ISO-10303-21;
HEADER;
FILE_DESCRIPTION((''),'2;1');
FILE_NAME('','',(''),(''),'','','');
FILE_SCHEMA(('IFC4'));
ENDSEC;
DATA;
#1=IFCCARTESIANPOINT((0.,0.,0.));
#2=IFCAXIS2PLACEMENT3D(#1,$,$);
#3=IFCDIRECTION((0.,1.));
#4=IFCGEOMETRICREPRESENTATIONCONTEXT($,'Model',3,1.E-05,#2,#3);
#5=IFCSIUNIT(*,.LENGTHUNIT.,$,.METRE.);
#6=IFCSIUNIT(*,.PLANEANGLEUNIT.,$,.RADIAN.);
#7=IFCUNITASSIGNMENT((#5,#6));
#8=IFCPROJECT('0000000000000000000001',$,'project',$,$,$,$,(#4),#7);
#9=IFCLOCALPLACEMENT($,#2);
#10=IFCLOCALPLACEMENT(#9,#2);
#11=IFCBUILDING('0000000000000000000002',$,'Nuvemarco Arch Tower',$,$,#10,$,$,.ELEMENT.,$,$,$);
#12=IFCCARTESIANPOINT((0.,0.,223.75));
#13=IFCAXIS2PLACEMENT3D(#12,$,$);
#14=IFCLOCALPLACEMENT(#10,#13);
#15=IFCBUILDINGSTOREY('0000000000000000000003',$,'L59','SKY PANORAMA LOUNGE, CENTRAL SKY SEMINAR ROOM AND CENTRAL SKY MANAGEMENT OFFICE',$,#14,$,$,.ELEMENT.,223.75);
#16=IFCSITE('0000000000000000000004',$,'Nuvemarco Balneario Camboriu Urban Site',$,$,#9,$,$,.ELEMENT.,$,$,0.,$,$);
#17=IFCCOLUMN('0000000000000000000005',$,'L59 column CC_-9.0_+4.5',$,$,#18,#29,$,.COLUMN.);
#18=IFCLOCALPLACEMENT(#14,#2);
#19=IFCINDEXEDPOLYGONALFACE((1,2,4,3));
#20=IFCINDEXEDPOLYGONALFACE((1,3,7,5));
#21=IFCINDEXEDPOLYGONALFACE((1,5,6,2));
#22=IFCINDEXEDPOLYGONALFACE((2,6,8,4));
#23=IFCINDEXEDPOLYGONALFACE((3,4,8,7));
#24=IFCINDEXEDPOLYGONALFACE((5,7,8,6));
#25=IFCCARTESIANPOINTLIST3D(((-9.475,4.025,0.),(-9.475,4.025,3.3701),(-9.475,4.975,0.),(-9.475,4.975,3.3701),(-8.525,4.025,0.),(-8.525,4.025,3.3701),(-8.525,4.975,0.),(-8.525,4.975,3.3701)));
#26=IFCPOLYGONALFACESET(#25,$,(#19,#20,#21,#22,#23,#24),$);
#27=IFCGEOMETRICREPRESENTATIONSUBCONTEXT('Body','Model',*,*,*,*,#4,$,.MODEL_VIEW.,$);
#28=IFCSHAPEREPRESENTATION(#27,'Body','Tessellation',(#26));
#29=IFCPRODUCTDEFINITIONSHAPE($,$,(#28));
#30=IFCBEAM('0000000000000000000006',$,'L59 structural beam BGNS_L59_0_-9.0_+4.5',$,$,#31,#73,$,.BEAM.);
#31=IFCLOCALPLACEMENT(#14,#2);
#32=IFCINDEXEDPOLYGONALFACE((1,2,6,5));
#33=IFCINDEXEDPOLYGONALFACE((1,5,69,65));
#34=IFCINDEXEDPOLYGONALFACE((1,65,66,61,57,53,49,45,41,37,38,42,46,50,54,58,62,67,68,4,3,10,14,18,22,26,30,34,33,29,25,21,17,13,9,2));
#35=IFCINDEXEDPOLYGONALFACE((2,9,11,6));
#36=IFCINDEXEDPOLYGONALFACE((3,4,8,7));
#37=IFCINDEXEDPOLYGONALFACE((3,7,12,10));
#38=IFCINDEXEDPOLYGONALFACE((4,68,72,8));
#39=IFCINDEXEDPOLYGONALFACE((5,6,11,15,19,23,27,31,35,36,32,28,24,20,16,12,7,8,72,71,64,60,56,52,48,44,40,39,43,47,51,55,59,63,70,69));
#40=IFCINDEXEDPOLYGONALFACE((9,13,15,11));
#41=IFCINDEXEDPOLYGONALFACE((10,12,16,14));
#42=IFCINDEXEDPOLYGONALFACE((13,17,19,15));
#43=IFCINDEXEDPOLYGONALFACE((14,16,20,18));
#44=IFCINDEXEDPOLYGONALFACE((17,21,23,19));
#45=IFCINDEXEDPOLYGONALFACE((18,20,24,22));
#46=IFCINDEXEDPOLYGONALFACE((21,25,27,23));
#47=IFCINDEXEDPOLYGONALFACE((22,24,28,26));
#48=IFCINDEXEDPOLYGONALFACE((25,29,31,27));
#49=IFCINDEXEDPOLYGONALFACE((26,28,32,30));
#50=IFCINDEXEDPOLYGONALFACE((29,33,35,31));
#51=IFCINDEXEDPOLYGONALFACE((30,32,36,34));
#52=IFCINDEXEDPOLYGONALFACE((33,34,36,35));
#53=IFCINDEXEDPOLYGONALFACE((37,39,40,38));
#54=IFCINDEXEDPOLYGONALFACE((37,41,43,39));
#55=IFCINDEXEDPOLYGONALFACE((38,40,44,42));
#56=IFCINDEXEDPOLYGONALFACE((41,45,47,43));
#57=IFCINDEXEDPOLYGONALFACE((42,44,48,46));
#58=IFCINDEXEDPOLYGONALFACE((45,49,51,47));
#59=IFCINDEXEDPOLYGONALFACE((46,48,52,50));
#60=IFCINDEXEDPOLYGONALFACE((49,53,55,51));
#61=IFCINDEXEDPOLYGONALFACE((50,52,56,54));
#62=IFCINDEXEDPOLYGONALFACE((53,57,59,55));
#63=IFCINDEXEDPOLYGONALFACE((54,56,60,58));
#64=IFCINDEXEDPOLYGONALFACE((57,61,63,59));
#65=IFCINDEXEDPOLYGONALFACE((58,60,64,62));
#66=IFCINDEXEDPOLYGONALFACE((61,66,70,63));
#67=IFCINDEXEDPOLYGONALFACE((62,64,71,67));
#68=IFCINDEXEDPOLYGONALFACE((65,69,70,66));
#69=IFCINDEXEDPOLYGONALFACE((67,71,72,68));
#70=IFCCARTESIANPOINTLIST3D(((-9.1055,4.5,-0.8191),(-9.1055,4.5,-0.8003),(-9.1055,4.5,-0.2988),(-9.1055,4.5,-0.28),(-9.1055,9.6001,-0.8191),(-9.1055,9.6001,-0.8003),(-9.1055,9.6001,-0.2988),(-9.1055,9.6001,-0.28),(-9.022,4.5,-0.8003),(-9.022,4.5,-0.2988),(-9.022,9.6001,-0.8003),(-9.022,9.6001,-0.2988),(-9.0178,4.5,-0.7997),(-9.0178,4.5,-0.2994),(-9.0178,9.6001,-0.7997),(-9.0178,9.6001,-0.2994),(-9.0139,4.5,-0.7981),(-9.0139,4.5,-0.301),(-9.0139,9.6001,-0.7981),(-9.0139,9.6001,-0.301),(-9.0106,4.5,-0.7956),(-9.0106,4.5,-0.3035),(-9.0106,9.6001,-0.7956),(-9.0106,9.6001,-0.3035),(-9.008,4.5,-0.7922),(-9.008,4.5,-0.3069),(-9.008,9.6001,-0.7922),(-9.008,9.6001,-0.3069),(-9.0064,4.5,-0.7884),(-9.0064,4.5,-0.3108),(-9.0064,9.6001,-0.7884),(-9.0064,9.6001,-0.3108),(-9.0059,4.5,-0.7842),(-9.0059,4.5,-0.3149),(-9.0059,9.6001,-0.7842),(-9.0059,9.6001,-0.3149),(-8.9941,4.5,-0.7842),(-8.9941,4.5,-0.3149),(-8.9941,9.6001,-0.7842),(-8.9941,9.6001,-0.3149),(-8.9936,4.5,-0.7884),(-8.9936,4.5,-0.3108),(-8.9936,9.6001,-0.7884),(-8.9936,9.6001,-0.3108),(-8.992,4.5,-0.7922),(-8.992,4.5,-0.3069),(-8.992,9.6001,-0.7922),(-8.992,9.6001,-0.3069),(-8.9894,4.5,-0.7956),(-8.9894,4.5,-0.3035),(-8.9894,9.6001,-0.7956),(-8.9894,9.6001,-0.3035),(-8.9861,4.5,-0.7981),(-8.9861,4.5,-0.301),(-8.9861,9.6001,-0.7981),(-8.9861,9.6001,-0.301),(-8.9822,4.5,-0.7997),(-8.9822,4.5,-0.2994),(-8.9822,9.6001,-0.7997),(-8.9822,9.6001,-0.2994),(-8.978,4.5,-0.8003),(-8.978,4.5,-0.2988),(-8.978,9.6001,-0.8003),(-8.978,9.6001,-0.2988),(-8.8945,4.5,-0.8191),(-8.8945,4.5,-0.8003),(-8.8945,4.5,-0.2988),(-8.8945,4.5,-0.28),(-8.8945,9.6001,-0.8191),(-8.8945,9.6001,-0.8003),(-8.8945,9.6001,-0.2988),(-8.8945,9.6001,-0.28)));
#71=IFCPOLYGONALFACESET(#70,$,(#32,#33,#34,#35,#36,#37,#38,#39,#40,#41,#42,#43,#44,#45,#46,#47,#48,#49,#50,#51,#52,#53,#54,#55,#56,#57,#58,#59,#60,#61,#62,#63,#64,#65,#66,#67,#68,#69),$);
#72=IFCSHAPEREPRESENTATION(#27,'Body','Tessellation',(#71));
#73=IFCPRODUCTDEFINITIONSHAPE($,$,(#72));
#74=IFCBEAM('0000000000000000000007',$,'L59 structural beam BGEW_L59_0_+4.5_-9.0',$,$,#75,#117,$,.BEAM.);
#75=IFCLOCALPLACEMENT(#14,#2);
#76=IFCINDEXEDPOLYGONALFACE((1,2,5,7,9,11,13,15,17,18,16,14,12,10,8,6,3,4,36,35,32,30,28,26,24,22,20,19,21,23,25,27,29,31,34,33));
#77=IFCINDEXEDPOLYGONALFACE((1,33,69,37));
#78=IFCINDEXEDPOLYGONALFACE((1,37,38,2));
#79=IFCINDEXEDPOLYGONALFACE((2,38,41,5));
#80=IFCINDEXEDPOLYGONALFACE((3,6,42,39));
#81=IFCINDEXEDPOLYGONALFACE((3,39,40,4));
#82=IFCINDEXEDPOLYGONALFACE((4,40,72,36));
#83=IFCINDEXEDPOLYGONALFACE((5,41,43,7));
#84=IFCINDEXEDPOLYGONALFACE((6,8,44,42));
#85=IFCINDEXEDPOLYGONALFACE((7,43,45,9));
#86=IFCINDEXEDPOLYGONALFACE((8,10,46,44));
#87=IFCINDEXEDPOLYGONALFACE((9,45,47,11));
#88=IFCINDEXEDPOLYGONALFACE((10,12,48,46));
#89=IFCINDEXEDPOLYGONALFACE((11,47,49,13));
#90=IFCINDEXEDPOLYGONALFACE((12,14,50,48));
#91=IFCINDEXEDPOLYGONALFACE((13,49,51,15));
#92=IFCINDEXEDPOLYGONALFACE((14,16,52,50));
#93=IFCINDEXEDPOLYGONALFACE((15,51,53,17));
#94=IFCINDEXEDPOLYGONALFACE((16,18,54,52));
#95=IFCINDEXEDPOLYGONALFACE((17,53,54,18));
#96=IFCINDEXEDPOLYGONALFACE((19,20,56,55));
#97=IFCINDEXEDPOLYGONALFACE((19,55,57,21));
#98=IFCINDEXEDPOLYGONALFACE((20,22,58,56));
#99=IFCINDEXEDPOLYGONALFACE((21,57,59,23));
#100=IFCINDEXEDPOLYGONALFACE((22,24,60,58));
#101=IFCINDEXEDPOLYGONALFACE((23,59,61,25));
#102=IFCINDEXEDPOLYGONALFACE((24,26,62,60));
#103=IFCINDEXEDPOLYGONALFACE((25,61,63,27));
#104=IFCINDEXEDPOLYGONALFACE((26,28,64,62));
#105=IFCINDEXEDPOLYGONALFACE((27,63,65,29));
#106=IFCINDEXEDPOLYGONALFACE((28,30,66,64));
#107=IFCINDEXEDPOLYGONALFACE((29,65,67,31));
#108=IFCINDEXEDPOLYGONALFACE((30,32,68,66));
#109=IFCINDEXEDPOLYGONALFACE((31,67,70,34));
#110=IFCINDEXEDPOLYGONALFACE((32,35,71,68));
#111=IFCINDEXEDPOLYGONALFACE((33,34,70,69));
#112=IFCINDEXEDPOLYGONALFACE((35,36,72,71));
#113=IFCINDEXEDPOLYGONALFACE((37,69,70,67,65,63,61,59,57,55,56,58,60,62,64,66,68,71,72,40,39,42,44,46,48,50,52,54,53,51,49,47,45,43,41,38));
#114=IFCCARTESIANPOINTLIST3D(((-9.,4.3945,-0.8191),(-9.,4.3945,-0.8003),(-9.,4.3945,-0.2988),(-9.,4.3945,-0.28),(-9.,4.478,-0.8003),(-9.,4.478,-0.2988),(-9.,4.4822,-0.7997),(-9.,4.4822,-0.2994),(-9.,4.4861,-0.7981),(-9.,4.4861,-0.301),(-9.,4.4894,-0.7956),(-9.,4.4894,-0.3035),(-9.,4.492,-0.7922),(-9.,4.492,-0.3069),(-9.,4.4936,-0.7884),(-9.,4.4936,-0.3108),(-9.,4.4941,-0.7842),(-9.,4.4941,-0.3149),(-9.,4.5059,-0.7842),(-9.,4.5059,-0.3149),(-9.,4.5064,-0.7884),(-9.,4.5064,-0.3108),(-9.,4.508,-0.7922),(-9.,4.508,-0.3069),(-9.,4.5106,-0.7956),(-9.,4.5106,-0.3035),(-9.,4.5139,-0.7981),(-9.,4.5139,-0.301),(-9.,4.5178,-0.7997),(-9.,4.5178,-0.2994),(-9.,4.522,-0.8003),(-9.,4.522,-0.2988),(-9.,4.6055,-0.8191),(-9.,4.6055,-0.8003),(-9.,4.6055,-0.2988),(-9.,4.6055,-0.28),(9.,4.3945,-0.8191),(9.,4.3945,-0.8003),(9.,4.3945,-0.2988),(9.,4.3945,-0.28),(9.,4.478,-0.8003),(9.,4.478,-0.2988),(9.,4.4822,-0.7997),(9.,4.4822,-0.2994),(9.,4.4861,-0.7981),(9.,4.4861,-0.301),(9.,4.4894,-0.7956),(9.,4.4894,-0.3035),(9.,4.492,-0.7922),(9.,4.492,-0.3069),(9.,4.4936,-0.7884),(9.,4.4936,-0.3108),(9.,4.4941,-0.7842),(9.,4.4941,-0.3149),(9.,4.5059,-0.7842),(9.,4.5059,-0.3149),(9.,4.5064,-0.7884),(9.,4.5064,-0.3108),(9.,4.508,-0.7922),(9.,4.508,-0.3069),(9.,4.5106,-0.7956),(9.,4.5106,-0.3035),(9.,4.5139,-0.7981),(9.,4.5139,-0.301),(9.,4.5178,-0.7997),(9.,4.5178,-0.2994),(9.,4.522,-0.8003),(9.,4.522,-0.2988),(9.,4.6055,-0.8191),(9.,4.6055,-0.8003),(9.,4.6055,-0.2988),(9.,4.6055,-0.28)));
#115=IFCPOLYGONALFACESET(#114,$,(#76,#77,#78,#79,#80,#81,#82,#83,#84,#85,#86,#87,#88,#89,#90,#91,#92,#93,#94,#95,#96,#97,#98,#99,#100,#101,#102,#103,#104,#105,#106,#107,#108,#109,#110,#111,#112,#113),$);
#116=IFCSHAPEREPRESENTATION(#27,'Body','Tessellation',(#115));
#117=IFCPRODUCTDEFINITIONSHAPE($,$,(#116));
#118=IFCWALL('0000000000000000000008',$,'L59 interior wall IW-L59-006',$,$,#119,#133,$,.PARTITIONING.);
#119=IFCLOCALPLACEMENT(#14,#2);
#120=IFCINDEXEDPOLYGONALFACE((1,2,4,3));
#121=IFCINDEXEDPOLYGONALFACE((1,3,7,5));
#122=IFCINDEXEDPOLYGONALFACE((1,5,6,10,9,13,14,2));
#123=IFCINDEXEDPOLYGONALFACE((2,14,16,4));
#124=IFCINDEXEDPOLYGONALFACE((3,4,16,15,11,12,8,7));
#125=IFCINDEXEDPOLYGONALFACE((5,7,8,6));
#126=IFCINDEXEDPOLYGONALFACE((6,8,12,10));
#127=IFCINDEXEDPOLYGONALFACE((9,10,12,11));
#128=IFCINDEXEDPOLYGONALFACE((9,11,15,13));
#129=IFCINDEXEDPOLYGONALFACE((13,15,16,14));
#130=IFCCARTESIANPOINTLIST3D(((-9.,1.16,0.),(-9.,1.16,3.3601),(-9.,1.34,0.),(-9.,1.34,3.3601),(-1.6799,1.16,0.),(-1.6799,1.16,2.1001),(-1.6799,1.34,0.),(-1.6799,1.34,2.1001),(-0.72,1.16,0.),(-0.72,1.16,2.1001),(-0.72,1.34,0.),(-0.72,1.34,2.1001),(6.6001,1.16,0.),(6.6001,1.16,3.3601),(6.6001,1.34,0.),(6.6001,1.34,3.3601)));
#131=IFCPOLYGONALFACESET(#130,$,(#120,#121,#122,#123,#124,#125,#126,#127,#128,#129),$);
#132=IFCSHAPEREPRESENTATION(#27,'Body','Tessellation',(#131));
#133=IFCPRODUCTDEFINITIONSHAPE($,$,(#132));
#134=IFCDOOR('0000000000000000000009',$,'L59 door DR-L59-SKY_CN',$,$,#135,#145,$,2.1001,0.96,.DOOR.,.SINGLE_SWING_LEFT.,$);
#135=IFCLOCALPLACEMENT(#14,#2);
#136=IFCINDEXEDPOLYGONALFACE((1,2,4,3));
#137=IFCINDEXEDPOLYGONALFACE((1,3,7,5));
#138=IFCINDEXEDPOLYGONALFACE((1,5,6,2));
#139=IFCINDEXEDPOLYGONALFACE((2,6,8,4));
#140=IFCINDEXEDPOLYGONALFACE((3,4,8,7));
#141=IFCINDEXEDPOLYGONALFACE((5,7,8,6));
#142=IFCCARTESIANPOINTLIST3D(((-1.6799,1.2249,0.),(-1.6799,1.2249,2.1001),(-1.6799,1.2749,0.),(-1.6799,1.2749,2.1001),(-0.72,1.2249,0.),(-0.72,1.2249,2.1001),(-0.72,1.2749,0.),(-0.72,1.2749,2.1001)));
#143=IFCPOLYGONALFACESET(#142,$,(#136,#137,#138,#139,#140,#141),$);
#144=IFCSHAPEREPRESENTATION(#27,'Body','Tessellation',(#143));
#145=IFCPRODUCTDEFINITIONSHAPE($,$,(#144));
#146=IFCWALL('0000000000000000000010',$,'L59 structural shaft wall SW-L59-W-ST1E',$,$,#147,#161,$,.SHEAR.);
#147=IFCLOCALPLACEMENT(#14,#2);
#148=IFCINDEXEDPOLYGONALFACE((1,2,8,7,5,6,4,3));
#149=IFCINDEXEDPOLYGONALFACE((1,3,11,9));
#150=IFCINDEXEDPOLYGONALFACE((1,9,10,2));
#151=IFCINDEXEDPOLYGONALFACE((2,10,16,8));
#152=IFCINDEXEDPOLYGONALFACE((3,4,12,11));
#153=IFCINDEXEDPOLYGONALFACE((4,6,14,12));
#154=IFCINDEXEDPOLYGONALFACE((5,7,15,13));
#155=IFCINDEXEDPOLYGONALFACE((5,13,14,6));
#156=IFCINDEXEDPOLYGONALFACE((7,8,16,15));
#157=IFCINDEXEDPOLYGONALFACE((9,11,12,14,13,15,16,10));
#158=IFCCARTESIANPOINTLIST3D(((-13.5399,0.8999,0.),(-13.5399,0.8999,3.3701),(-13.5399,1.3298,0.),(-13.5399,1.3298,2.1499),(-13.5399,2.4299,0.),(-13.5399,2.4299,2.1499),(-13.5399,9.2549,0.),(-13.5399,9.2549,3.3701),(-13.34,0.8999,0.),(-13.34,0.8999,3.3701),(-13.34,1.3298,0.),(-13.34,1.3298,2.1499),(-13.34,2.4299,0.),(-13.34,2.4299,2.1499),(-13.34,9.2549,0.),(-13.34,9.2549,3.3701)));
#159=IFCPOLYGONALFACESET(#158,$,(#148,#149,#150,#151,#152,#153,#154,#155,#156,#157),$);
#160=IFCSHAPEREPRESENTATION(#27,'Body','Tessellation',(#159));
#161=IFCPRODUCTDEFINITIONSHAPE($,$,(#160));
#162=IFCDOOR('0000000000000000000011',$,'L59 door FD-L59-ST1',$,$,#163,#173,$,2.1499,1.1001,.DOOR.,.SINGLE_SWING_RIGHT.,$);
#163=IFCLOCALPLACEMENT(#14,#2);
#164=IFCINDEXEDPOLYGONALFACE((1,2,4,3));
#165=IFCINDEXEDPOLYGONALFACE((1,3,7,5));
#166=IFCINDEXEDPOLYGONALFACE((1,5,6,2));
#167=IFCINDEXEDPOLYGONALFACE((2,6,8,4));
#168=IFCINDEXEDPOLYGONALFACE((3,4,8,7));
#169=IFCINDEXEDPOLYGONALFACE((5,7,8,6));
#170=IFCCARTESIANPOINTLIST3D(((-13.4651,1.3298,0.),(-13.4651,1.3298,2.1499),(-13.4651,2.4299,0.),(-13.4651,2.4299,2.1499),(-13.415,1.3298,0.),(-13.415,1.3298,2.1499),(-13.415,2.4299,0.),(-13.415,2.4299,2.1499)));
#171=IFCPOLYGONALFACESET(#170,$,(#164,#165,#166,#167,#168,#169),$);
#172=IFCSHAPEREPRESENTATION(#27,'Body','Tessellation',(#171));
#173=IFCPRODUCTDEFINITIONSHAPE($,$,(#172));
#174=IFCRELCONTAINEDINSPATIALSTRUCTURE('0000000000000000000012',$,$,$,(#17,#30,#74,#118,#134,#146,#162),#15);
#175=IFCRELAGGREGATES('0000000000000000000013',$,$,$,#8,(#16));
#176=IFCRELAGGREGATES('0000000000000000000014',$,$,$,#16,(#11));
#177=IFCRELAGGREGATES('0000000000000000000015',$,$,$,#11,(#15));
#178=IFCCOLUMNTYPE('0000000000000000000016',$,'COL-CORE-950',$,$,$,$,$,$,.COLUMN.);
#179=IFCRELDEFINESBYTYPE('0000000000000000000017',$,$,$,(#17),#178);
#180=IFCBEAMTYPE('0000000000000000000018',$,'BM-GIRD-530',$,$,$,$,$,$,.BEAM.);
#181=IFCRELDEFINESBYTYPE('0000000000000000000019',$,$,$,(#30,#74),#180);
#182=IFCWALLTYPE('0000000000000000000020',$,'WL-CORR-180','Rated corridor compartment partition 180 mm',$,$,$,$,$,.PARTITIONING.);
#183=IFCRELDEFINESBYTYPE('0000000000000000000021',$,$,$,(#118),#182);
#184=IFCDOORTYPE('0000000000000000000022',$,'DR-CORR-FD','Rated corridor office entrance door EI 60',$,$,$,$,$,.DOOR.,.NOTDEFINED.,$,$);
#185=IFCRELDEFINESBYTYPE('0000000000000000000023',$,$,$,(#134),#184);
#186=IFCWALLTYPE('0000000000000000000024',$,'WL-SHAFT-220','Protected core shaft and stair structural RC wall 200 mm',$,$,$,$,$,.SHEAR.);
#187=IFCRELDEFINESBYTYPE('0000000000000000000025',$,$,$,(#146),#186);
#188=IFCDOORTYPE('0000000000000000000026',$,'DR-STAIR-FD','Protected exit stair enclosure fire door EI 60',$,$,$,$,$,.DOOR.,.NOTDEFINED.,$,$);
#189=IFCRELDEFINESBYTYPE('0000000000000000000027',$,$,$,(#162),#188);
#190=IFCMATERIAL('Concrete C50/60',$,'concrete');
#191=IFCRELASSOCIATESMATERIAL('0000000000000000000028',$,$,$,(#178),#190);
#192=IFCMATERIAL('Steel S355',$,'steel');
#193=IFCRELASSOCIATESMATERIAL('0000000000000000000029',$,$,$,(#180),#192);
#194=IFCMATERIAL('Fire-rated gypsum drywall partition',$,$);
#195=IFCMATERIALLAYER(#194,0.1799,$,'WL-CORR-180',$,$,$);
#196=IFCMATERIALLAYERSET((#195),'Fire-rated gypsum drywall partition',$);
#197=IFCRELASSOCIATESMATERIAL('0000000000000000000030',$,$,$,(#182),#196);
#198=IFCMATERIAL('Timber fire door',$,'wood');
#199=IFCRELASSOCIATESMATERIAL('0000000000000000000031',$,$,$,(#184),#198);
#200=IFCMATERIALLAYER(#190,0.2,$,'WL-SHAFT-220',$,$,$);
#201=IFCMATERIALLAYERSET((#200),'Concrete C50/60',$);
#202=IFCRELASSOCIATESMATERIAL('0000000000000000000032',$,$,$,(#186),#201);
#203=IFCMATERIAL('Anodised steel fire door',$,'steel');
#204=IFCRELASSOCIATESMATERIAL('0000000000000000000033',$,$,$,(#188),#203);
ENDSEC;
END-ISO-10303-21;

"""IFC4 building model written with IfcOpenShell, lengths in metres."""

from ifc_helpers import new_model, si_unit, direction, frame, frame_2d, origin, origin_2d, place, context, subcontext, project, spatial, rectangle, i_section, extrude, source, transform, mapped, material, layer, layer_set, material_profile, profile_set, type_object, type_shapes, element, fill, save


model = new_model("IFC4")

# Units and contexts
model_context = context("Model", 3, precision=1e-05, world=origin(), true_north=direction((0.0, 1.0)))
body_context = subcontext(model_context, "Body", "Model", "MODEL_VIEW")
ifc_project = project(units=[si_unit("LENGTHUNIT", "METRE"), si_unit("PLANEANGLEUNIT", "RADIAN")], contexts=[model_context])

# Site, building, storey
site_placement = place(None, origin())
site = spatial("IfcSite", under=ifc_project, at=site_placement, Name="Nuvemarco Balneario Camboriu Urban Site", CompositionType="ELEMENT", RefElevation=0.0)
building_placement = place(site_placement, origin())
building = spatial("IfcBuilding", under=site, at=building_placement, Name="Nuvemarco Arch Tower", CompositionType="ELEMENT")
storey_placement = place(building_placement, frame((0.0, 0.0, 223.75)))
storey = spatial("IfcBuildingStorey", under=building, at=storey_placement, Name="L59", Description="SKY PANORAMA LOUNGE, CENTRAL SKY SEMINAR ROOM AND CENTRAL SKY MANAGEMENT OFFICE", CompositionType="ELEMENT", Elevation=223.75)

# Column
ifc_material_1 = material(Name="Concrete C50/60", Category="concrete")
ifc_material_profile_1 = material_profile(ifc_material_1, rectangle(XDim=0.95, YDim=0.95, at=origin_2d()), Name="RC-COL-950x950")
ifc_profile_set_1 = profile_set([ifc_material_profile_1], Name="Concrete C50/60")
column_type = type_object("IfcColumnType", Name="COL-CORE-950", PredefinedType="COLUMN", material=ifc_profile_set_1)
column_placement = place(storey_placement, frame((-9.0, 4.5, 0.0), z_axis=(0.0, 0.0, 1.0), x_axis=(1.0, 0.0, 0.0)))
element("IfcColumn", 1, at=column_placement, inside=storey, type_object=column_type, Name="L59 column CC_-9.0_+4.5", PredefinedType="COLUMN", context=body_context, shape_type="SweptSolid", body=[
    extrude(rectangle(XDim=0.95, YDim=0.95, at=origin_2d()), origin(), (0.0, 0.0, 1.0), 3.3701),
])

# Beams
ifc_material_2 = material(Name="Steel S355", Category="steel")
ifc_material_profile_2 = material_profile(ifc_material_2, i_section(OverallWidth=0.2109, OverallDepth=0.5391, WebThickness=0.0117, FlangeThickness=0.0188, FilletRadius=0.0161, at=origin_2d()), Name="W530x109")
ifc_profile_set_2 = profile_set([ifc_material_profile_2], Name="Steel S355")
beam_type = type_object("IfcBeamType", Name="BM-GIRD-530", PredefinedType="BEAM", material=ifc_profile_set_2)
beam_1_placement = place(storey_placement, frame((-9.0, 4.5, -0.5496), z_axis=(0.0, 1.0, 0.0), x_axis=(-1.0, 0.0, 0.0)))
element("IfcBeam", 2, at=beam_1_placement, inside=storey, type_object=beam_type, Name="L59 structural beam BGNS_L59_0_-9.0_+4.5", PredefinedType="BEAM", context=body_context, shape_type="SweptSolid", body=[
    extrude(i_section(OverallWidth=0.2109, OverallDepth=0.5391, WebThickness=0.0117, FlangeThickness=0.0188, FilletRadius=0.0161, at=origin_2d()), origin(), (0.0, 0.0, 1.0), 5.1001),
])
beam_2_placement = place(storey_placement, frame((-9.0, 4.5, -0.5496), z_axis=(1.0, 0.0, 0.0), x_axis=(0.0, 1.0, 0.0)))
element("IfcBeam", 3, at=beam_2_placement, inside=storey, type_object=beam_type, Name="L59 structural beam BGEW_L59_0_+4.5_-9.0", PredefinedType="BEAM", context=body_context, shape_type="SweptSolid", body=[
    extrude(i_section(OverallWidth=0.2109, OverallDepth=0.5391, WebThickness=0.0117, FlangeThickness=0.0188, FilletRadius=0.0161, at=origin_2d()), origin(), (0.0, 0.0, 1.0), 18.0),
])

# Walls, openings, doors
ifc_material_3 = material(Name="Fire-rated gypsum drywall partition")
ifc_layer_1 = layer(ifc_material_3, 0.1799, Name="WL-CORR-180")
ifc_layer_set_1 = layer_set([ifc_layer_1], Name="Fire-rated gypsum drywall partition")
wall_type_1 = type_object("IfcWallType", Name="WL-CORR-180", Description="Rated corridor compartment partition 180 mm", PredefinedType="PARTITIONING", material=ifc_layer_set_1)
wall_1_placement = place(storey_placement, frame((-9.0, 1.25, 0.0), z_axis=(0.0, 0.0, 1.0), x_axis=(1.0, 0.0, 0.0)))
wall_1 = element("IfcWall", 4, at=wall_1_placement, inside=storey, type_object=wall_type_1, Name="L59 interior wall IW-L59-006", PredefinedType="PARTITIONING", context=body_context, shape_type="SweptSolid", body=[
    extrude(rectangle(XDim=15.6001, YDim=0.1799, at=frame_2d((7.8, 0.0))), origin(), (0.0, 0.0, 1.0), 3.3601),
])
opening_1_placement = place(wall_1_placement, frame((7.3201, 0.0, 0.0)))
opening_1 = element("IfcOpeningElement", 5, at=opening_1_placement, cuts=wall_1, PredefinedType="OPENING", context=body_context, shape_type="SweptSolid", body=[
    extrude(rectangle(XDim=0.96, YDim=2.1001, at=frame_2d((0.48, 1.05))), frame((0.0, 0.0999, 0.0), z_axis=(0.0, -1.0, 0.0), x_axis=(1.0, 0.0, 0.0)), (0.0, 0.0, 1.0), 0.2),
])
ifc_material_4 = material(Name="Timber fire door", Category="wood")
door_type_1 = type_object("IfcDoorType", Name="DR-CORR-FD", Description="Rated corridor office entrance door EI 60", OperationType="NOTDEFINED", PredefinedType="DOOR", material=ifc_material_4)
shared_shape_1 = source(origin(), body_context, "Body", "SweptSolid", [
    extrude(rectangle(XDim=0.96, YDim=2.1001, at=frame_2d((0.48, 1.05))), frame((0.0, 0.0249, 0.0), z_axis=(0.0, -1.0, 0.0), x_axis=(1.0, 0.0, 0.0)), (0.0, 0.0, 1.0), 0.05),
])
type_shapes(door_type_1, [shared_shape_1])
door_1_placement = place(opening_1_placement, origin())
door_1 = element("IfcDoor", 6, at=door_1_placement, inside=storey, type_object=door_type_1, Name="L59 door DR-L59-SKY_CN", OperationType="SINGLE_SWING_LEFT", OverallHeight=2.1001, OverallWidth=0.96, PredefinedType="DOOR", context=body_context, shape_type="MappedRepresentation", body=[
    mapped(shared_shape_1, transform((0.0, 0.0, 0.0), scale=1.0)),
])
fill(opening_1, door_1)
ifc_layer_2 = layer(ifc_material_1, 0.2, Name="WL-SHAFT-220")
ifc_layer_set_2 = layer_set([ifc_layer_2], Name="Concrete C50/60")
wall_type_2 = type_object("IfcWallType", Name="WL-SHAFT-220", Description="Protected core shaft and stair structural RC wall 200 mm", PredefinedType="SHEAR", material=ifc_layer_set_2)
wall_2_placement = place(storey_placement, frame((-13.4399, 0.8999, 0.0), z_axis=(0.0, 0.0, 1.0), x_axis=(0.0, 1.0, 0.0)))
wall_2 = element("IfcWall", 7, at=wall_2_placement, inside=storey, type_object=wall_type_2, Name="L59 structural shaft wall SW-L59-W-ST1E", PredefinedType="SHEAR", context=body_context, shape_type="SweptSolid", body=[
    extrude(rectangle(XDim=8.355, YDim=0.2, at=frame_2d((4.1775, 0.0))), origin(), (0.0, 0.0, 1.0), 3.3701),
])
opening_2_placement = place(wall_2_placement, frame((1.53, 0.0, 0.0), z_axis=(0.0, 0.0, 1.0), x_axis=(-1.0, 0.0, 0.0)))
opening_2 = element("IfcOpeningElement", 8, at=opening_2_placement, cuts=wall_2, PredefinedType="OPENING", context=body_context, shape_type="SweptSolid", body=[
    extrude(rectangle(XDim=1.1001, YDim=2.1499, at=frame_2d((0.55, 1.075))), frame((0.0, 0.1099, 0.0), z_axis=(0.0, -1.0, 0.0), x_axis=(1.0, 0.0, 0.0)), (0.0, 0.0, 1.0), 0.22),
])
ifc_material_5 = material(Name="Anodised steel fire door", Category="steel")
door_type_2 = type_object("IfcDoorType", Name="DR-STAIR-FD", Description="Protected exit stair enclosure fire door EI 60", OperationType="NOTDEFINED", PredefinedType="DOOR", material=ifc_material_5)
shared_shape_2 = source(origin(), body_context, "Body", "SweptSolid", [
    extrude(rectangle(XDim=1.1001, YDim=2.1499, at=frame_2d((0.55, 1.075))), frame((0.0, 0.0249, 0.0), z_axis=(0.0, -1.0, 0.0), x_axis=(1.0, 0.0, 0.0)), (0.0, 0.0, 1.0), 0.05),
])
type_shapes(door_type_2, [shared_shape_2])
door_2_placement = place(opening_2_placement, origin())
door_2 = element("IfcDoor", 9, at=door_2_placement, inside=storey, type_object=door_type_2, Name="L59 door FD-L59-ST1", OperationType="SINGLE_SWING_RIGHT", OverallHeight=2.1499, OverallWidth=1.1001, PredefinedType="DOOR", context=body_context, shape_type="MappedRepresentation", body=[
    mapped(shared_shape_2, transform((0.0, 0.0, 0.0), scale=1.0)),
])
fill(opening_2, door_2)

save(model, "model.ifc")
